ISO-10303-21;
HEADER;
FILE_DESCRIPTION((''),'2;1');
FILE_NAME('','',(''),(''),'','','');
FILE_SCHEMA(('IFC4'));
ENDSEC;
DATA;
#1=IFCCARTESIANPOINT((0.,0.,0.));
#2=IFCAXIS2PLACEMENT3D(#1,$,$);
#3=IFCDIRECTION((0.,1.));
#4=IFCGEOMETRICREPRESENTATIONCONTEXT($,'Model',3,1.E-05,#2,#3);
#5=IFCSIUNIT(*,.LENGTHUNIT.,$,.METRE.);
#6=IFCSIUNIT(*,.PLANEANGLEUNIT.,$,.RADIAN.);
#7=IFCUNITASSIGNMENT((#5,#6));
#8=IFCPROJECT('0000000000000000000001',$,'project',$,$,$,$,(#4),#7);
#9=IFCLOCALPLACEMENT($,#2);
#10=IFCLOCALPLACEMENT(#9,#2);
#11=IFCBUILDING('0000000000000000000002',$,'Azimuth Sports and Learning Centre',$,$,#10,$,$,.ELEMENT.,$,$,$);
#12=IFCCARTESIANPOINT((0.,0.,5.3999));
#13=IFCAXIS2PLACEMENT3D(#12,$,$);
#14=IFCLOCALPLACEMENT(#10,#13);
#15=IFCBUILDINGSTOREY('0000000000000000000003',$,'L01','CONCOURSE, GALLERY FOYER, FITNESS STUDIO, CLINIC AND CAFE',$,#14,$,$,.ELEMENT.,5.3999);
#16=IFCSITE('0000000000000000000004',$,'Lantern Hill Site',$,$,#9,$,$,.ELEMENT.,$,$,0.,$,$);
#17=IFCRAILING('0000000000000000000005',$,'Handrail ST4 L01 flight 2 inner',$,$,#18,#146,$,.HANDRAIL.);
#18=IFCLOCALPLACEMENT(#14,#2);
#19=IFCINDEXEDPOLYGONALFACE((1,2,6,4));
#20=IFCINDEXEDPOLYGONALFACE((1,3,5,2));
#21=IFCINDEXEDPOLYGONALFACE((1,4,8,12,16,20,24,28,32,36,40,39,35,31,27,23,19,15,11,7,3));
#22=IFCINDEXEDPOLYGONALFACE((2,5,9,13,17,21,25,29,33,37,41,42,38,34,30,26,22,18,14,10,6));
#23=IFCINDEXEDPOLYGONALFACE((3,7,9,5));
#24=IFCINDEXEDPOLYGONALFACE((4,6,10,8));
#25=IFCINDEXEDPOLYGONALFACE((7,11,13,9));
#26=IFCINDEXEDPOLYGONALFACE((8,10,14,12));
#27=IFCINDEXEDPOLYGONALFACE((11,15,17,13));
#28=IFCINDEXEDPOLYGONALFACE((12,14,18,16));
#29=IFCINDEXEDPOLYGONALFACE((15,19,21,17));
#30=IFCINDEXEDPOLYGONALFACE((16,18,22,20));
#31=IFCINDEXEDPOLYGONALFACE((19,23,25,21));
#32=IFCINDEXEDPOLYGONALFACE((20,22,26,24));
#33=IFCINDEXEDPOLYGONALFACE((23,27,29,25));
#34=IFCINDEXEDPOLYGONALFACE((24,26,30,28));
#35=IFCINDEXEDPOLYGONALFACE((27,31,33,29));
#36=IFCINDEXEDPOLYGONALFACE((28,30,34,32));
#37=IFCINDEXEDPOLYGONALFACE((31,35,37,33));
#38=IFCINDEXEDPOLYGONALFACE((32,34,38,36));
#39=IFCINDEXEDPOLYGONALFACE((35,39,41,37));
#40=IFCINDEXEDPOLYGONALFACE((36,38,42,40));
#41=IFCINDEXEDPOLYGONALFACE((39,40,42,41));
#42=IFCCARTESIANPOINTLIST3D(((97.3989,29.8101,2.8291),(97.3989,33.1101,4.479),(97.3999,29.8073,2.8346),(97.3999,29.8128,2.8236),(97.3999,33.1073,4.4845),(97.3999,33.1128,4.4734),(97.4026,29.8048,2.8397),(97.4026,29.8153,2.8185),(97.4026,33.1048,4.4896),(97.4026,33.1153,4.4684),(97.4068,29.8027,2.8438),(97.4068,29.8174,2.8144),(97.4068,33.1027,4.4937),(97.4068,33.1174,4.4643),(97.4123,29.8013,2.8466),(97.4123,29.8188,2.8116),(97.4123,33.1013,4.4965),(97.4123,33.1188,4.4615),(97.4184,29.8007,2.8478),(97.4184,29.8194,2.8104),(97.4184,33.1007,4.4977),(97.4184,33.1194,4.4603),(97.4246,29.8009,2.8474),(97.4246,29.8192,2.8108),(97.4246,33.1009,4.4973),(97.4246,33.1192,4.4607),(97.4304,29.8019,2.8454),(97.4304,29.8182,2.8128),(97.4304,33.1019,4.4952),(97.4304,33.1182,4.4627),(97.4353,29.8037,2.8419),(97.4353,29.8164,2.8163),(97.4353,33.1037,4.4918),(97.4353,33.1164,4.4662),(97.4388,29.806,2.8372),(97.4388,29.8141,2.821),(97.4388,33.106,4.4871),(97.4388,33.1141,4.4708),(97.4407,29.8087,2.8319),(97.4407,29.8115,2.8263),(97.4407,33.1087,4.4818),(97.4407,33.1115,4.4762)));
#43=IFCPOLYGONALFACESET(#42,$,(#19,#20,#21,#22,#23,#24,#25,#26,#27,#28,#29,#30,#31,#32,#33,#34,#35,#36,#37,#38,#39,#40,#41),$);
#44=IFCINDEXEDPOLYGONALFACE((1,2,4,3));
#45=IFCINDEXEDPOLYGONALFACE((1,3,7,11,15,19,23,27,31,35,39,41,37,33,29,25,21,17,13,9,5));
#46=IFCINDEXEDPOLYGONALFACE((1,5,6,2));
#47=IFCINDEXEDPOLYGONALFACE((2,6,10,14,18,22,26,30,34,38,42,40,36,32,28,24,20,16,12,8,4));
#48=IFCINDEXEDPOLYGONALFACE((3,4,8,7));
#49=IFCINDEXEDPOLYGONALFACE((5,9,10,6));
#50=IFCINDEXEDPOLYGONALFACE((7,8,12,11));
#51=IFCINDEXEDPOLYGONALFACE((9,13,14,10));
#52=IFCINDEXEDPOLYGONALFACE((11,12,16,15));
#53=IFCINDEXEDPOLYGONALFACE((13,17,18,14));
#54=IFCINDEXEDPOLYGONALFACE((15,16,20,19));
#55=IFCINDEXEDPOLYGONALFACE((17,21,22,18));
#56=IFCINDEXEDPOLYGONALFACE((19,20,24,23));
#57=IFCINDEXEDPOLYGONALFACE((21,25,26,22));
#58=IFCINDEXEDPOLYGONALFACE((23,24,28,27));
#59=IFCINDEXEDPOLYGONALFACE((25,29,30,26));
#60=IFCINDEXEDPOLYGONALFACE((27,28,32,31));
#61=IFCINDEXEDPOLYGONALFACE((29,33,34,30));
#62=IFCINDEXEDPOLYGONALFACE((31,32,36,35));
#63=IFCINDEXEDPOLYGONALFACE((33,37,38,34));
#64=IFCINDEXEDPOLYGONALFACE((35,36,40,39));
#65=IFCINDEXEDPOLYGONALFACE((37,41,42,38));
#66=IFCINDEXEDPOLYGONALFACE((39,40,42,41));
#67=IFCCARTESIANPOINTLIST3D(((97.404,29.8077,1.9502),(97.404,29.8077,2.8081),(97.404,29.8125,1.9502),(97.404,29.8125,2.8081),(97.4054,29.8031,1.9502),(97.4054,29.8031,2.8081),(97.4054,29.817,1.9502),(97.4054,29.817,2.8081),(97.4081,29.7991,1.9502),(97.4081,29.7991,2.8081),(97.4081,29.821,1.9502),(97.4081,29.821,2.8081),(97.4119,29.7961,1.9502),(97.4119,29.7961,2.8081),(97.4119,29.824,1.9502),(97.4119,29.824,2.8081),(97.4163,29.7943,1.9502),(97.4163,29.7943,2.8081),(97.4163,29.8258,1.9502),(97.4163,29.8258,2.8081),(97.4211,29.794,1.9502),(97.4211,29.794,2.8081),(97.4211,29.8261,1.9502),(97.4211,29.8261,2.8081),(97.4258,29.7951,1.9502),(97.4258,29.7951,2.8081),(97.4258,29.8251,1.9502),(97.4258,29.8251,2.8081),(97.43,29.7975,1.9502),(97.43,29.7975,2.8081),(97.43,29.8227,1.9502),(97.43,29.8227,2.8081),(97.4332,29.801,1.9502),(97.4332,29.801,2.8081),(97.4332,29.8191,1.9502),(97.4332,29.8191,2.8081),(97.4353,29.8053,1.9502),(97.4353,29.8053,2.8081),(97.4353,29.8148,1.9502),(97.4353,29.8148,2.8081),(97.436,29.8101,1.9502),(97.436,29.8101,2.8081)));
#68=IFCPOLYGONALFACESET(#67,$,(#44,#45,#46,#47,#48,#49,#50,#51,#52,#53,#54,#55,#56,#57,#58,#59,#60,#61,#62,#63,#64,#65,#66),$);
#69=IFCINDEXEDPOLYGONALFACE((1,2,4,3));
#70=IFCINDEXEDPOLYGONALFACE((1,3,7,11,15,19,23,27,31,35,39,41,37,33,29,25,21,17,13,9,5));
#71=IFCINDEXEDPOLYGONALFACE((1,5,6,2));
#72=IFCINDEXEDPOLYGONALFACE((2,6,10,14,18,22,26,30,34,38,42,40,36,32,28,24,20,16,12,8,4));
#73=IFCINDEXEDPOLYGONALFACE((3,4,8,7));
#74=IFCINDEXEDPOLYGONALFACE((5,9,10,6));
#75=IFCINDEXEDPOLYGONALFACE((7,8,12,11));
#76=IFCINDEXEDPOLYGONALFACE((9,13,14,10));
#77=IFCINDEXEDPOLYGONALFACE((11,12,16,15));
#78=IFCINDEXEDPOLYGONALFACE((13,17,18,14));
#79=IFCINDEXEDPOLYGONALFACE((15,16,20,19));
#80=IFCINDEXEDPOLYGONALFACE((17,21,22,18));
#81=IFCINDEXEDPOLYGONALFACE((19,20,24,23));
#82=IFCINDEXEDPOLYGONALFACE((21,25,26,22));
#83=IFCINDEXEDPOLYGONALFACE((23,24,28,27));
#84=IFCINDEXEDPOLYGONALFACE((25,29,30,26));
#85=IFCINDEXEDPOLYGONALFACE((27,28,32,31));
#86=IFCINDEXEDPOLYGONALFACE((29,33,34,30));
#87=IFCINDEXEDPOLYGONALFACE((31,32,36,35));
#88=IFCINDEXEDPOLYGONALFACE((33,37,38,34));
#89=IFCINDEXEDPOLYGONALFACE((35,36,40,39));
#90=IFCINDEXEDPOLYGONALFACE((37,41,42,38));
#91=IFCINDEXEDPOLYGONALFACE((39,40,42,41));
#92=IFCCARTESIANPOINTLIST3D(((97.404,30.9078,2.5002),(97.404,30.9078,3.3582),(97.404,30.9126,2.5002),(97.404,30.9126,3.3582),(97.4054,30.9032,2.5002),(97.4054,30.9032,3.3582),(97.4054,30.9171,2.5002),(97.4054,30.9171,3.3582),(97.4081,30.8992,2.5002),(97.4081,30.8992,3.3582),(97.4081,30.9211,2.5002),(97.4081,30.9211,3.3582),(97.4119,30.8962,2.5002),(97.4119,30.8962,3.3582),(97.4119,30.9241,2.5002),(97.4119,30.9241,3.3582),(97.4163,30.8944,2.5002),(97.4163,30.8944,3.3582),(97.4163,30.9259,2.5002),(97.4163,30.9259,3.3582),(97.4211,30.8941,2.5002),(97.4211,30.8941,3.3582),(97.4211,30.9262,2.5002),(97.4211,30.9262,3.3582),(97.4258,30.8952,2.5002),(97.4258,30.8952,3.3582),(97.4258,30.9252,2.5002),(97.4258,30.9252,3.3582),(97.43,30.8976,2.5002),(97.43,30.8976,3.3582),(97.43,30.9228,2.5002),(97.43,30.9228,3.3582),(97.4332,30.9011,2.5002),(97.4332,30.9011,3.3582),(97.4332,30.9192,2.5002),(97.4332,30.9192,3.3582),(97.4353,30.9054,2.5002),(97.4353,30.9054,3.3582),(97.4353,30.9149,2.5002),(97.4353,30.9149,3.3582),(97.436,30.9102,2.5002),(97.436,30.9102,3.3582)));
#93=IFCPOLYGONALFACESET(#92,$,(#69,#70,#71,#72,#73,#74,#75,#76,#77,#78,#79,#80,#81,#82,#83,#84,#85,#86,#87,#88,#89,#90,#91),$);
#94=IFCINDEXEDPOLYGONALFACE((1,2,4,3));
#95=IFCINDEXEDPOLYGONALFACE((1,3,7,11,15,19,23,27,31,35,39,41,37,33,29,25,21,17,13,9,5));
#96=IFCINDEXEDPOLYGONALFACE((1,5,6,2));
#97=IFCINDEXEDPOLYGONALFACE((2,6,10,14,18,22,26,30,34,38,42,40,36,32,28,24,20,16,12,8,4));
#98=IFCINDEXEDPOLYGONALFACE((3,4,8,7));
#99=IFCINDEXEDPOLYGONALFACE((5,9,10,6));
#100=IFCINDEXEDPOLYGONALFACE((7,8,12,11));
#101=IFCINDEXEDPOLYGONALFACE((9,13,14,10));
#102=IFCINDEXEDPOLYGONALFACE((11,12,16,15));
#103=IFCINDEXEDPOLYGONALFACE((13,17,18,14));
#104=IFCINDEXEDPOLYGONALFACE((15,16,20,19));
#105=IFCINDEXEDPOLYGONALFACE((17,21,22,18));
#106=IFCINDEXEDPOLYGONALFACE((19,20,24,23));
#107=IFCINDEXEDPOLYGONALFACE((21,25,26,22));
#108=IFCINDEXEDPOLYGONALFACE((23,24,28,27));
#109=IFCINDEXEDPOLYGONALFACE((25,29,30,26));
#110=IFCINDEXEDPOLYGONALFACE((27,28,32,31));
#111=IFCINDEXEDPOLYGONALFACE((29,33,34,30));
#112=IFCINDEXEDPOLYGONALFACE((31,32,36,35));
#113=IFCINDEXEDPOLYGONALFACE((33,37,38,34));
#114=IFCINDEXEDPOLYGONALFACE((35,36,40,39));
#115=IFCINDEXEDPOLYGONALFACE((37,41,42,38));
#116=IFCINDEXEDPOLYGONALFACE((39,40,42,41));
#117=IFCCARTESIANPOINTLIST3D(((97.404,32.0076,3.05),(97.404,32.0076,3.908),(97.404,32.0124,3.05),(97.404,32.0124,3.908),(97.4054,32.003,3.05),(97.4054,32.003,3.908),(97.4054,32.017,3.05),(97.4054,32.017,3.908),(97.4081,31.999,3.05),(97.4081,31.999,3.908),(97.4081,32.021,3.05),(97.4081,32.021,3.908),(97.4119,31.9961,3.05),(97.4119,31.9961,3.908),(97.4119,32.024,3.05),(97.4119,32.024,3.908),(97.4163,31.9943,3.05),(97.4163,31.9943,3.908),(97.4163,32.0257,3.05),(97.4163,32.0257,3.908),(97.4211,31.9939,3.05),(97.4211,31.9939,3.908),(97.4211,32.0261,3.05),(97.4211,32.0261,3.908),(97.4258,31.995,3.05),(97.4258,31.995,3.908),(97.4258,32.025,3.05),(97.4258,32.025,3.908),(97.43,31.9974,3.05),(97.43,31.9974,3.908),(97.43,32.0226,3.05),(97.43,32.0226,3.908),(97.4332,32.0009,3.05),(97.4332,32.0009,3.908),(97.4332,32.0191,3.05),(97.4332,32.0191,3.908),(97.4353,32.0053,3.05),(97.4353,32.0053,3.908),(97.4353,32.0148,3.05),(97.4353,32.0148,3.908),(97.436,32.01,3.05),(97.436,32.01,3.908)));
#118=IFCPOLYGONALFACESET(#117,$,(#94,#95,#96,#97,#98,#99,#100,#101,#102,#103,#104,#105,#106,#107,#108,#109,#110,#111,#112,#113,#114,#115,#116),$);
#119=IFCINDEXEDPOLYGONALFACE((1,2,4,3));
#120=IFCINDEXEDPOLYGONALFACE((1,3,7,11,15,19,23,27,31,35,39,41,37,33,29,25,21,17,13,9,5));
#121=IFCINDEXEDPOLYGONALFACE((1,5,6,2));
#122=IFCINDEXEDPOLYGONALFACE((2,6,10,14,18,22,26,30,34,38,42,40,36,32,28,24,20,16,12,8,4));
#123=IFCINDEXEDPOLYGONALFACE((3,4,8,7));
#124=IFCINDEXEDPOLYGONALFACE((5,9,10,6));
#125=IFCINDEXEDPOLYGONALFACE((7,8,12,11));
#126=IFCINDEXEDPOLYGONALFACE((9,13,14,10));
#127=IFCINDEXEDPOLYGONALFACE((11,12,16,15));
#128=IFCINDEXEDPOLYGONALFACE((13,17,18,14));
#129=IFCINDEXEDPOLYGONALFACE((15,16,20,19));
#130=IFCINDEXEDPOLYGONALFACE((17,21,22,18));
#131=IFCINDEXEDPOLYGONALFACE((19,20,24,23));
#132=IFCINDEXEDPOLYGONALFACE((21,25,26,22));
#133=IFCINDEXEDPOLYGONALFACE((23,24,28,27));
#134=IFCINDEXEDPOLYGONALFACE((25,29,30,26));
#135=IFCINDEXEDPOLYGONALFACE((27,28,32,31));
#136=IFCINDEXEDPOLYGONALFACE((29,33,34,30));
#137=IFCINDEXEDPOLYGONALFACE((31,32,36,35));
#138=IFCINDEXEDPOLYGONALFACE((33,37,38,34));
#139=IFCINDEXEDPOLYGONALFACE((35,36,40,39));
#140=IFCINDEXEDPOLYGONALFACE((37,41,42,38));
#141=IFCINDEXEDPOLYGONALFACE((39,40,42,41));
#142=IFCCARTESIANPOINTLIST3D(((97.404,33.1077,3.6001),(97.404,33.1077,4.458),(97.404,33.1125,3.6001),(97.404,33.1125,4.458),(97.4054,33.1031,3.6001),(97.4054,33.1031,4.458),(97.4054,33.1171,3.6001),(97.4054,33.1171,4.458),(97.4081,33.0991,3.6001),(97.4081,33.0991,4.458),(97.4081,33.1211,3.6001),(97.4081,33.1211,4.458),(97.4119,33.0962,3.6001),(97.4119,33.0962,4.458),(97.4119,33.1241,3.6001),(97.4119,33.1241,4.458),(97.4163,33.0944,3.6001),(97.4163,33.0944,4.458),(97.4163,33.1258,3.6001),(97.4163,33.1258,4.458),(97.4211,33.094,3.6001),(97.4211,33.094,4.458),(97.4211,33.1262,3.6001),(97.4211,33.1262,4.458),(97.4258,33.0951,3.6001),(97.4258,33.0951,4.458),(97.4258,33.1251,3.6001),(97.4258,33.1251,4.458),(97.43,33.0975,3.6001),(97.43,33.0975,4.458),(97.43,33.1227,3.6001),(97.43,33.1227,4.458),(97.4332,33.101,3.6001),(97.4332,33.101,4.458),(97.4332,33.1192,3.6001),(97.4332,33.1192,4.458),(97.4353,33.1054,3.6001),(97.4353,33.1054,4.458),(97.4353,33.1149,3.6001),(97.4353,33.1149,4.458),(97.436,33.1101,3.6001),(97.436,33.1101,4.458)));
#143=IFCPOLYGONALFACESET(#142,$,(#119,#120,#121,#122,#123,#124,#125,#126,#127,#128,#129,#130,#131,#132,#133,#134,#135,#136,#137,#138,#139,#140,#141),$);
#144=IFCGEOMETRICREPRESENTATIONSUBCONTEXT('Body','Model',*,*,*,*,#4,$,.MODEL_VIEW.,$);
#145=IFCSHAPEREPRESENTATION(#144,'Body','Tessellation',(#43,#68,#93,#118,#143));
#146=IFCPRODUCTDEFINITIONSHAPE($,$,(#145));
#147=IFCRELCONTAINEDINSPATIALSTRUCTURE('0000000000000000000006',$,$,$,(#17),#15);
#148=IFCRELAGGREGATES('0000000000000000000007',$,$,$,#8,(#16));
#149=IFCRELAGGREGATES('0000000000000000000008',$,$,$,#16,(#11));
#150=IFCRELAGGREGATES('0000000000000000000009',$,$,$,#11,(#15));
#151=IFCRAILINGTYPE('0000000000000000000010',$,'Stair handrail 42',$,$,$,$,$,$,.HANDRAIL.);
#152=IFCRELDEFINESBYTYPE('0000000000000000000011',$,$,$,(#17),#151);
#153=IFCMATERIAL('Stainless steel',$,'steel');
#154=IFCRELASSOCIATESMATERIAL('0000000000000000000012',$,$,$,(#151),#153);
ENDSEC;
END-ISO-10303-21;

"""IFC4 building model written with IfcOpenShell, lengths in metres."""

from ifc_helpers import new_model, si_unit, direction, frame, origin, origin_2d, place, context, subcontext, project, spatial, circle, extrude, material, type_object, element, save


model = new_model("IFC4")

# Units and contexts
model_context = context("Model", 3, precision=1e-05, world=origin(), true_north=direction((0.0, 1.0)))
body_context = subcontext(model_context, "Body", "Model", "MODEL_VIEW")
ifc_project = project(units=[si_unit("LENGTHUNIT", "METRE"), si_unit("PLANEANGLEUNIT", "RADIAN")], contexts=[model_context])

# Site, building, storey
site_placement = place(None, origin())
site = spatial("IfcSite", under=ifc_project, at=site_placement, Name="Lantern Hill Site", CompositionType="ELEMENT", RefElevation=0.0)
building_placement = place(site_placement, origin())
building = spatial("IfcBuilding", under=site, at=building_placement, Name="Azimuth Sports and Learning Centre", CompositionType="ELEMENT")
storey_placement = place(building_placement, frame((0.0, 0.0, 5.3999)))
storey = spatial("IfcBuildingStorey", under=building, at=storey_placement, Name="L01", Description="CONCOURSE, GALLERY FOYER, FITNESS STUDIO, CLINIC AND CAFE", CompositionType="ELEMENT", Elevation=5.3999)

# Railing
ifc_material_1 = material(Name="Stainless steel", Category="steel")
railing_type_1 = type_object("IfcRailingType", Name="Stair handrail 42", PredefinedType="HANDRAIL", material=ifc_material_1)
railing_1_placement = place(storey_placement, frame((97.4199, 29.8101, 1.9502)))
element("IfcRailing", 1, at=railing_1_placement, inside=storey, type_object=railing_type_1, Name="Handrail ST4 L01 flight 2 inner", PredefinedType="HANDRAIL", context=body_context, shape_type="SweptSolid", body=[
    extrude(circle(Radius=0.021, at=origin_2d()), frame((0.0, 0.0, 0.8789), z_axis=(0.0, 0.89444, 0.447187), x_axis=(-1.0, 0.0, 0.0)), (0.0, 0.0, 1.0), 3.6895),
    extrude(circle(Radius=0.0161, at=origin_2d()), origin(), (0.0, 0.0, 1.0), 0.8579),
    extrude(circle(Radius=0.0161, at=origin_2d()), frame((0.0, 1.1001, 0.55)), (0.0, 0.0, 1.0), 0.8579),
    extrude(circle(Radius=0.0161, at=origin_2d()), frame((0.0, 2.2, 1.0999)), (0.0, 0.0, 1.0), 0.8579),
    extrude(circle(Radius=0.0161, at=origin_2d()), frame((0.0, 3.3, 1.6499)), (0.0, 0.0, 1.0), 0.8579),
])

save(model, "model.ifc")
